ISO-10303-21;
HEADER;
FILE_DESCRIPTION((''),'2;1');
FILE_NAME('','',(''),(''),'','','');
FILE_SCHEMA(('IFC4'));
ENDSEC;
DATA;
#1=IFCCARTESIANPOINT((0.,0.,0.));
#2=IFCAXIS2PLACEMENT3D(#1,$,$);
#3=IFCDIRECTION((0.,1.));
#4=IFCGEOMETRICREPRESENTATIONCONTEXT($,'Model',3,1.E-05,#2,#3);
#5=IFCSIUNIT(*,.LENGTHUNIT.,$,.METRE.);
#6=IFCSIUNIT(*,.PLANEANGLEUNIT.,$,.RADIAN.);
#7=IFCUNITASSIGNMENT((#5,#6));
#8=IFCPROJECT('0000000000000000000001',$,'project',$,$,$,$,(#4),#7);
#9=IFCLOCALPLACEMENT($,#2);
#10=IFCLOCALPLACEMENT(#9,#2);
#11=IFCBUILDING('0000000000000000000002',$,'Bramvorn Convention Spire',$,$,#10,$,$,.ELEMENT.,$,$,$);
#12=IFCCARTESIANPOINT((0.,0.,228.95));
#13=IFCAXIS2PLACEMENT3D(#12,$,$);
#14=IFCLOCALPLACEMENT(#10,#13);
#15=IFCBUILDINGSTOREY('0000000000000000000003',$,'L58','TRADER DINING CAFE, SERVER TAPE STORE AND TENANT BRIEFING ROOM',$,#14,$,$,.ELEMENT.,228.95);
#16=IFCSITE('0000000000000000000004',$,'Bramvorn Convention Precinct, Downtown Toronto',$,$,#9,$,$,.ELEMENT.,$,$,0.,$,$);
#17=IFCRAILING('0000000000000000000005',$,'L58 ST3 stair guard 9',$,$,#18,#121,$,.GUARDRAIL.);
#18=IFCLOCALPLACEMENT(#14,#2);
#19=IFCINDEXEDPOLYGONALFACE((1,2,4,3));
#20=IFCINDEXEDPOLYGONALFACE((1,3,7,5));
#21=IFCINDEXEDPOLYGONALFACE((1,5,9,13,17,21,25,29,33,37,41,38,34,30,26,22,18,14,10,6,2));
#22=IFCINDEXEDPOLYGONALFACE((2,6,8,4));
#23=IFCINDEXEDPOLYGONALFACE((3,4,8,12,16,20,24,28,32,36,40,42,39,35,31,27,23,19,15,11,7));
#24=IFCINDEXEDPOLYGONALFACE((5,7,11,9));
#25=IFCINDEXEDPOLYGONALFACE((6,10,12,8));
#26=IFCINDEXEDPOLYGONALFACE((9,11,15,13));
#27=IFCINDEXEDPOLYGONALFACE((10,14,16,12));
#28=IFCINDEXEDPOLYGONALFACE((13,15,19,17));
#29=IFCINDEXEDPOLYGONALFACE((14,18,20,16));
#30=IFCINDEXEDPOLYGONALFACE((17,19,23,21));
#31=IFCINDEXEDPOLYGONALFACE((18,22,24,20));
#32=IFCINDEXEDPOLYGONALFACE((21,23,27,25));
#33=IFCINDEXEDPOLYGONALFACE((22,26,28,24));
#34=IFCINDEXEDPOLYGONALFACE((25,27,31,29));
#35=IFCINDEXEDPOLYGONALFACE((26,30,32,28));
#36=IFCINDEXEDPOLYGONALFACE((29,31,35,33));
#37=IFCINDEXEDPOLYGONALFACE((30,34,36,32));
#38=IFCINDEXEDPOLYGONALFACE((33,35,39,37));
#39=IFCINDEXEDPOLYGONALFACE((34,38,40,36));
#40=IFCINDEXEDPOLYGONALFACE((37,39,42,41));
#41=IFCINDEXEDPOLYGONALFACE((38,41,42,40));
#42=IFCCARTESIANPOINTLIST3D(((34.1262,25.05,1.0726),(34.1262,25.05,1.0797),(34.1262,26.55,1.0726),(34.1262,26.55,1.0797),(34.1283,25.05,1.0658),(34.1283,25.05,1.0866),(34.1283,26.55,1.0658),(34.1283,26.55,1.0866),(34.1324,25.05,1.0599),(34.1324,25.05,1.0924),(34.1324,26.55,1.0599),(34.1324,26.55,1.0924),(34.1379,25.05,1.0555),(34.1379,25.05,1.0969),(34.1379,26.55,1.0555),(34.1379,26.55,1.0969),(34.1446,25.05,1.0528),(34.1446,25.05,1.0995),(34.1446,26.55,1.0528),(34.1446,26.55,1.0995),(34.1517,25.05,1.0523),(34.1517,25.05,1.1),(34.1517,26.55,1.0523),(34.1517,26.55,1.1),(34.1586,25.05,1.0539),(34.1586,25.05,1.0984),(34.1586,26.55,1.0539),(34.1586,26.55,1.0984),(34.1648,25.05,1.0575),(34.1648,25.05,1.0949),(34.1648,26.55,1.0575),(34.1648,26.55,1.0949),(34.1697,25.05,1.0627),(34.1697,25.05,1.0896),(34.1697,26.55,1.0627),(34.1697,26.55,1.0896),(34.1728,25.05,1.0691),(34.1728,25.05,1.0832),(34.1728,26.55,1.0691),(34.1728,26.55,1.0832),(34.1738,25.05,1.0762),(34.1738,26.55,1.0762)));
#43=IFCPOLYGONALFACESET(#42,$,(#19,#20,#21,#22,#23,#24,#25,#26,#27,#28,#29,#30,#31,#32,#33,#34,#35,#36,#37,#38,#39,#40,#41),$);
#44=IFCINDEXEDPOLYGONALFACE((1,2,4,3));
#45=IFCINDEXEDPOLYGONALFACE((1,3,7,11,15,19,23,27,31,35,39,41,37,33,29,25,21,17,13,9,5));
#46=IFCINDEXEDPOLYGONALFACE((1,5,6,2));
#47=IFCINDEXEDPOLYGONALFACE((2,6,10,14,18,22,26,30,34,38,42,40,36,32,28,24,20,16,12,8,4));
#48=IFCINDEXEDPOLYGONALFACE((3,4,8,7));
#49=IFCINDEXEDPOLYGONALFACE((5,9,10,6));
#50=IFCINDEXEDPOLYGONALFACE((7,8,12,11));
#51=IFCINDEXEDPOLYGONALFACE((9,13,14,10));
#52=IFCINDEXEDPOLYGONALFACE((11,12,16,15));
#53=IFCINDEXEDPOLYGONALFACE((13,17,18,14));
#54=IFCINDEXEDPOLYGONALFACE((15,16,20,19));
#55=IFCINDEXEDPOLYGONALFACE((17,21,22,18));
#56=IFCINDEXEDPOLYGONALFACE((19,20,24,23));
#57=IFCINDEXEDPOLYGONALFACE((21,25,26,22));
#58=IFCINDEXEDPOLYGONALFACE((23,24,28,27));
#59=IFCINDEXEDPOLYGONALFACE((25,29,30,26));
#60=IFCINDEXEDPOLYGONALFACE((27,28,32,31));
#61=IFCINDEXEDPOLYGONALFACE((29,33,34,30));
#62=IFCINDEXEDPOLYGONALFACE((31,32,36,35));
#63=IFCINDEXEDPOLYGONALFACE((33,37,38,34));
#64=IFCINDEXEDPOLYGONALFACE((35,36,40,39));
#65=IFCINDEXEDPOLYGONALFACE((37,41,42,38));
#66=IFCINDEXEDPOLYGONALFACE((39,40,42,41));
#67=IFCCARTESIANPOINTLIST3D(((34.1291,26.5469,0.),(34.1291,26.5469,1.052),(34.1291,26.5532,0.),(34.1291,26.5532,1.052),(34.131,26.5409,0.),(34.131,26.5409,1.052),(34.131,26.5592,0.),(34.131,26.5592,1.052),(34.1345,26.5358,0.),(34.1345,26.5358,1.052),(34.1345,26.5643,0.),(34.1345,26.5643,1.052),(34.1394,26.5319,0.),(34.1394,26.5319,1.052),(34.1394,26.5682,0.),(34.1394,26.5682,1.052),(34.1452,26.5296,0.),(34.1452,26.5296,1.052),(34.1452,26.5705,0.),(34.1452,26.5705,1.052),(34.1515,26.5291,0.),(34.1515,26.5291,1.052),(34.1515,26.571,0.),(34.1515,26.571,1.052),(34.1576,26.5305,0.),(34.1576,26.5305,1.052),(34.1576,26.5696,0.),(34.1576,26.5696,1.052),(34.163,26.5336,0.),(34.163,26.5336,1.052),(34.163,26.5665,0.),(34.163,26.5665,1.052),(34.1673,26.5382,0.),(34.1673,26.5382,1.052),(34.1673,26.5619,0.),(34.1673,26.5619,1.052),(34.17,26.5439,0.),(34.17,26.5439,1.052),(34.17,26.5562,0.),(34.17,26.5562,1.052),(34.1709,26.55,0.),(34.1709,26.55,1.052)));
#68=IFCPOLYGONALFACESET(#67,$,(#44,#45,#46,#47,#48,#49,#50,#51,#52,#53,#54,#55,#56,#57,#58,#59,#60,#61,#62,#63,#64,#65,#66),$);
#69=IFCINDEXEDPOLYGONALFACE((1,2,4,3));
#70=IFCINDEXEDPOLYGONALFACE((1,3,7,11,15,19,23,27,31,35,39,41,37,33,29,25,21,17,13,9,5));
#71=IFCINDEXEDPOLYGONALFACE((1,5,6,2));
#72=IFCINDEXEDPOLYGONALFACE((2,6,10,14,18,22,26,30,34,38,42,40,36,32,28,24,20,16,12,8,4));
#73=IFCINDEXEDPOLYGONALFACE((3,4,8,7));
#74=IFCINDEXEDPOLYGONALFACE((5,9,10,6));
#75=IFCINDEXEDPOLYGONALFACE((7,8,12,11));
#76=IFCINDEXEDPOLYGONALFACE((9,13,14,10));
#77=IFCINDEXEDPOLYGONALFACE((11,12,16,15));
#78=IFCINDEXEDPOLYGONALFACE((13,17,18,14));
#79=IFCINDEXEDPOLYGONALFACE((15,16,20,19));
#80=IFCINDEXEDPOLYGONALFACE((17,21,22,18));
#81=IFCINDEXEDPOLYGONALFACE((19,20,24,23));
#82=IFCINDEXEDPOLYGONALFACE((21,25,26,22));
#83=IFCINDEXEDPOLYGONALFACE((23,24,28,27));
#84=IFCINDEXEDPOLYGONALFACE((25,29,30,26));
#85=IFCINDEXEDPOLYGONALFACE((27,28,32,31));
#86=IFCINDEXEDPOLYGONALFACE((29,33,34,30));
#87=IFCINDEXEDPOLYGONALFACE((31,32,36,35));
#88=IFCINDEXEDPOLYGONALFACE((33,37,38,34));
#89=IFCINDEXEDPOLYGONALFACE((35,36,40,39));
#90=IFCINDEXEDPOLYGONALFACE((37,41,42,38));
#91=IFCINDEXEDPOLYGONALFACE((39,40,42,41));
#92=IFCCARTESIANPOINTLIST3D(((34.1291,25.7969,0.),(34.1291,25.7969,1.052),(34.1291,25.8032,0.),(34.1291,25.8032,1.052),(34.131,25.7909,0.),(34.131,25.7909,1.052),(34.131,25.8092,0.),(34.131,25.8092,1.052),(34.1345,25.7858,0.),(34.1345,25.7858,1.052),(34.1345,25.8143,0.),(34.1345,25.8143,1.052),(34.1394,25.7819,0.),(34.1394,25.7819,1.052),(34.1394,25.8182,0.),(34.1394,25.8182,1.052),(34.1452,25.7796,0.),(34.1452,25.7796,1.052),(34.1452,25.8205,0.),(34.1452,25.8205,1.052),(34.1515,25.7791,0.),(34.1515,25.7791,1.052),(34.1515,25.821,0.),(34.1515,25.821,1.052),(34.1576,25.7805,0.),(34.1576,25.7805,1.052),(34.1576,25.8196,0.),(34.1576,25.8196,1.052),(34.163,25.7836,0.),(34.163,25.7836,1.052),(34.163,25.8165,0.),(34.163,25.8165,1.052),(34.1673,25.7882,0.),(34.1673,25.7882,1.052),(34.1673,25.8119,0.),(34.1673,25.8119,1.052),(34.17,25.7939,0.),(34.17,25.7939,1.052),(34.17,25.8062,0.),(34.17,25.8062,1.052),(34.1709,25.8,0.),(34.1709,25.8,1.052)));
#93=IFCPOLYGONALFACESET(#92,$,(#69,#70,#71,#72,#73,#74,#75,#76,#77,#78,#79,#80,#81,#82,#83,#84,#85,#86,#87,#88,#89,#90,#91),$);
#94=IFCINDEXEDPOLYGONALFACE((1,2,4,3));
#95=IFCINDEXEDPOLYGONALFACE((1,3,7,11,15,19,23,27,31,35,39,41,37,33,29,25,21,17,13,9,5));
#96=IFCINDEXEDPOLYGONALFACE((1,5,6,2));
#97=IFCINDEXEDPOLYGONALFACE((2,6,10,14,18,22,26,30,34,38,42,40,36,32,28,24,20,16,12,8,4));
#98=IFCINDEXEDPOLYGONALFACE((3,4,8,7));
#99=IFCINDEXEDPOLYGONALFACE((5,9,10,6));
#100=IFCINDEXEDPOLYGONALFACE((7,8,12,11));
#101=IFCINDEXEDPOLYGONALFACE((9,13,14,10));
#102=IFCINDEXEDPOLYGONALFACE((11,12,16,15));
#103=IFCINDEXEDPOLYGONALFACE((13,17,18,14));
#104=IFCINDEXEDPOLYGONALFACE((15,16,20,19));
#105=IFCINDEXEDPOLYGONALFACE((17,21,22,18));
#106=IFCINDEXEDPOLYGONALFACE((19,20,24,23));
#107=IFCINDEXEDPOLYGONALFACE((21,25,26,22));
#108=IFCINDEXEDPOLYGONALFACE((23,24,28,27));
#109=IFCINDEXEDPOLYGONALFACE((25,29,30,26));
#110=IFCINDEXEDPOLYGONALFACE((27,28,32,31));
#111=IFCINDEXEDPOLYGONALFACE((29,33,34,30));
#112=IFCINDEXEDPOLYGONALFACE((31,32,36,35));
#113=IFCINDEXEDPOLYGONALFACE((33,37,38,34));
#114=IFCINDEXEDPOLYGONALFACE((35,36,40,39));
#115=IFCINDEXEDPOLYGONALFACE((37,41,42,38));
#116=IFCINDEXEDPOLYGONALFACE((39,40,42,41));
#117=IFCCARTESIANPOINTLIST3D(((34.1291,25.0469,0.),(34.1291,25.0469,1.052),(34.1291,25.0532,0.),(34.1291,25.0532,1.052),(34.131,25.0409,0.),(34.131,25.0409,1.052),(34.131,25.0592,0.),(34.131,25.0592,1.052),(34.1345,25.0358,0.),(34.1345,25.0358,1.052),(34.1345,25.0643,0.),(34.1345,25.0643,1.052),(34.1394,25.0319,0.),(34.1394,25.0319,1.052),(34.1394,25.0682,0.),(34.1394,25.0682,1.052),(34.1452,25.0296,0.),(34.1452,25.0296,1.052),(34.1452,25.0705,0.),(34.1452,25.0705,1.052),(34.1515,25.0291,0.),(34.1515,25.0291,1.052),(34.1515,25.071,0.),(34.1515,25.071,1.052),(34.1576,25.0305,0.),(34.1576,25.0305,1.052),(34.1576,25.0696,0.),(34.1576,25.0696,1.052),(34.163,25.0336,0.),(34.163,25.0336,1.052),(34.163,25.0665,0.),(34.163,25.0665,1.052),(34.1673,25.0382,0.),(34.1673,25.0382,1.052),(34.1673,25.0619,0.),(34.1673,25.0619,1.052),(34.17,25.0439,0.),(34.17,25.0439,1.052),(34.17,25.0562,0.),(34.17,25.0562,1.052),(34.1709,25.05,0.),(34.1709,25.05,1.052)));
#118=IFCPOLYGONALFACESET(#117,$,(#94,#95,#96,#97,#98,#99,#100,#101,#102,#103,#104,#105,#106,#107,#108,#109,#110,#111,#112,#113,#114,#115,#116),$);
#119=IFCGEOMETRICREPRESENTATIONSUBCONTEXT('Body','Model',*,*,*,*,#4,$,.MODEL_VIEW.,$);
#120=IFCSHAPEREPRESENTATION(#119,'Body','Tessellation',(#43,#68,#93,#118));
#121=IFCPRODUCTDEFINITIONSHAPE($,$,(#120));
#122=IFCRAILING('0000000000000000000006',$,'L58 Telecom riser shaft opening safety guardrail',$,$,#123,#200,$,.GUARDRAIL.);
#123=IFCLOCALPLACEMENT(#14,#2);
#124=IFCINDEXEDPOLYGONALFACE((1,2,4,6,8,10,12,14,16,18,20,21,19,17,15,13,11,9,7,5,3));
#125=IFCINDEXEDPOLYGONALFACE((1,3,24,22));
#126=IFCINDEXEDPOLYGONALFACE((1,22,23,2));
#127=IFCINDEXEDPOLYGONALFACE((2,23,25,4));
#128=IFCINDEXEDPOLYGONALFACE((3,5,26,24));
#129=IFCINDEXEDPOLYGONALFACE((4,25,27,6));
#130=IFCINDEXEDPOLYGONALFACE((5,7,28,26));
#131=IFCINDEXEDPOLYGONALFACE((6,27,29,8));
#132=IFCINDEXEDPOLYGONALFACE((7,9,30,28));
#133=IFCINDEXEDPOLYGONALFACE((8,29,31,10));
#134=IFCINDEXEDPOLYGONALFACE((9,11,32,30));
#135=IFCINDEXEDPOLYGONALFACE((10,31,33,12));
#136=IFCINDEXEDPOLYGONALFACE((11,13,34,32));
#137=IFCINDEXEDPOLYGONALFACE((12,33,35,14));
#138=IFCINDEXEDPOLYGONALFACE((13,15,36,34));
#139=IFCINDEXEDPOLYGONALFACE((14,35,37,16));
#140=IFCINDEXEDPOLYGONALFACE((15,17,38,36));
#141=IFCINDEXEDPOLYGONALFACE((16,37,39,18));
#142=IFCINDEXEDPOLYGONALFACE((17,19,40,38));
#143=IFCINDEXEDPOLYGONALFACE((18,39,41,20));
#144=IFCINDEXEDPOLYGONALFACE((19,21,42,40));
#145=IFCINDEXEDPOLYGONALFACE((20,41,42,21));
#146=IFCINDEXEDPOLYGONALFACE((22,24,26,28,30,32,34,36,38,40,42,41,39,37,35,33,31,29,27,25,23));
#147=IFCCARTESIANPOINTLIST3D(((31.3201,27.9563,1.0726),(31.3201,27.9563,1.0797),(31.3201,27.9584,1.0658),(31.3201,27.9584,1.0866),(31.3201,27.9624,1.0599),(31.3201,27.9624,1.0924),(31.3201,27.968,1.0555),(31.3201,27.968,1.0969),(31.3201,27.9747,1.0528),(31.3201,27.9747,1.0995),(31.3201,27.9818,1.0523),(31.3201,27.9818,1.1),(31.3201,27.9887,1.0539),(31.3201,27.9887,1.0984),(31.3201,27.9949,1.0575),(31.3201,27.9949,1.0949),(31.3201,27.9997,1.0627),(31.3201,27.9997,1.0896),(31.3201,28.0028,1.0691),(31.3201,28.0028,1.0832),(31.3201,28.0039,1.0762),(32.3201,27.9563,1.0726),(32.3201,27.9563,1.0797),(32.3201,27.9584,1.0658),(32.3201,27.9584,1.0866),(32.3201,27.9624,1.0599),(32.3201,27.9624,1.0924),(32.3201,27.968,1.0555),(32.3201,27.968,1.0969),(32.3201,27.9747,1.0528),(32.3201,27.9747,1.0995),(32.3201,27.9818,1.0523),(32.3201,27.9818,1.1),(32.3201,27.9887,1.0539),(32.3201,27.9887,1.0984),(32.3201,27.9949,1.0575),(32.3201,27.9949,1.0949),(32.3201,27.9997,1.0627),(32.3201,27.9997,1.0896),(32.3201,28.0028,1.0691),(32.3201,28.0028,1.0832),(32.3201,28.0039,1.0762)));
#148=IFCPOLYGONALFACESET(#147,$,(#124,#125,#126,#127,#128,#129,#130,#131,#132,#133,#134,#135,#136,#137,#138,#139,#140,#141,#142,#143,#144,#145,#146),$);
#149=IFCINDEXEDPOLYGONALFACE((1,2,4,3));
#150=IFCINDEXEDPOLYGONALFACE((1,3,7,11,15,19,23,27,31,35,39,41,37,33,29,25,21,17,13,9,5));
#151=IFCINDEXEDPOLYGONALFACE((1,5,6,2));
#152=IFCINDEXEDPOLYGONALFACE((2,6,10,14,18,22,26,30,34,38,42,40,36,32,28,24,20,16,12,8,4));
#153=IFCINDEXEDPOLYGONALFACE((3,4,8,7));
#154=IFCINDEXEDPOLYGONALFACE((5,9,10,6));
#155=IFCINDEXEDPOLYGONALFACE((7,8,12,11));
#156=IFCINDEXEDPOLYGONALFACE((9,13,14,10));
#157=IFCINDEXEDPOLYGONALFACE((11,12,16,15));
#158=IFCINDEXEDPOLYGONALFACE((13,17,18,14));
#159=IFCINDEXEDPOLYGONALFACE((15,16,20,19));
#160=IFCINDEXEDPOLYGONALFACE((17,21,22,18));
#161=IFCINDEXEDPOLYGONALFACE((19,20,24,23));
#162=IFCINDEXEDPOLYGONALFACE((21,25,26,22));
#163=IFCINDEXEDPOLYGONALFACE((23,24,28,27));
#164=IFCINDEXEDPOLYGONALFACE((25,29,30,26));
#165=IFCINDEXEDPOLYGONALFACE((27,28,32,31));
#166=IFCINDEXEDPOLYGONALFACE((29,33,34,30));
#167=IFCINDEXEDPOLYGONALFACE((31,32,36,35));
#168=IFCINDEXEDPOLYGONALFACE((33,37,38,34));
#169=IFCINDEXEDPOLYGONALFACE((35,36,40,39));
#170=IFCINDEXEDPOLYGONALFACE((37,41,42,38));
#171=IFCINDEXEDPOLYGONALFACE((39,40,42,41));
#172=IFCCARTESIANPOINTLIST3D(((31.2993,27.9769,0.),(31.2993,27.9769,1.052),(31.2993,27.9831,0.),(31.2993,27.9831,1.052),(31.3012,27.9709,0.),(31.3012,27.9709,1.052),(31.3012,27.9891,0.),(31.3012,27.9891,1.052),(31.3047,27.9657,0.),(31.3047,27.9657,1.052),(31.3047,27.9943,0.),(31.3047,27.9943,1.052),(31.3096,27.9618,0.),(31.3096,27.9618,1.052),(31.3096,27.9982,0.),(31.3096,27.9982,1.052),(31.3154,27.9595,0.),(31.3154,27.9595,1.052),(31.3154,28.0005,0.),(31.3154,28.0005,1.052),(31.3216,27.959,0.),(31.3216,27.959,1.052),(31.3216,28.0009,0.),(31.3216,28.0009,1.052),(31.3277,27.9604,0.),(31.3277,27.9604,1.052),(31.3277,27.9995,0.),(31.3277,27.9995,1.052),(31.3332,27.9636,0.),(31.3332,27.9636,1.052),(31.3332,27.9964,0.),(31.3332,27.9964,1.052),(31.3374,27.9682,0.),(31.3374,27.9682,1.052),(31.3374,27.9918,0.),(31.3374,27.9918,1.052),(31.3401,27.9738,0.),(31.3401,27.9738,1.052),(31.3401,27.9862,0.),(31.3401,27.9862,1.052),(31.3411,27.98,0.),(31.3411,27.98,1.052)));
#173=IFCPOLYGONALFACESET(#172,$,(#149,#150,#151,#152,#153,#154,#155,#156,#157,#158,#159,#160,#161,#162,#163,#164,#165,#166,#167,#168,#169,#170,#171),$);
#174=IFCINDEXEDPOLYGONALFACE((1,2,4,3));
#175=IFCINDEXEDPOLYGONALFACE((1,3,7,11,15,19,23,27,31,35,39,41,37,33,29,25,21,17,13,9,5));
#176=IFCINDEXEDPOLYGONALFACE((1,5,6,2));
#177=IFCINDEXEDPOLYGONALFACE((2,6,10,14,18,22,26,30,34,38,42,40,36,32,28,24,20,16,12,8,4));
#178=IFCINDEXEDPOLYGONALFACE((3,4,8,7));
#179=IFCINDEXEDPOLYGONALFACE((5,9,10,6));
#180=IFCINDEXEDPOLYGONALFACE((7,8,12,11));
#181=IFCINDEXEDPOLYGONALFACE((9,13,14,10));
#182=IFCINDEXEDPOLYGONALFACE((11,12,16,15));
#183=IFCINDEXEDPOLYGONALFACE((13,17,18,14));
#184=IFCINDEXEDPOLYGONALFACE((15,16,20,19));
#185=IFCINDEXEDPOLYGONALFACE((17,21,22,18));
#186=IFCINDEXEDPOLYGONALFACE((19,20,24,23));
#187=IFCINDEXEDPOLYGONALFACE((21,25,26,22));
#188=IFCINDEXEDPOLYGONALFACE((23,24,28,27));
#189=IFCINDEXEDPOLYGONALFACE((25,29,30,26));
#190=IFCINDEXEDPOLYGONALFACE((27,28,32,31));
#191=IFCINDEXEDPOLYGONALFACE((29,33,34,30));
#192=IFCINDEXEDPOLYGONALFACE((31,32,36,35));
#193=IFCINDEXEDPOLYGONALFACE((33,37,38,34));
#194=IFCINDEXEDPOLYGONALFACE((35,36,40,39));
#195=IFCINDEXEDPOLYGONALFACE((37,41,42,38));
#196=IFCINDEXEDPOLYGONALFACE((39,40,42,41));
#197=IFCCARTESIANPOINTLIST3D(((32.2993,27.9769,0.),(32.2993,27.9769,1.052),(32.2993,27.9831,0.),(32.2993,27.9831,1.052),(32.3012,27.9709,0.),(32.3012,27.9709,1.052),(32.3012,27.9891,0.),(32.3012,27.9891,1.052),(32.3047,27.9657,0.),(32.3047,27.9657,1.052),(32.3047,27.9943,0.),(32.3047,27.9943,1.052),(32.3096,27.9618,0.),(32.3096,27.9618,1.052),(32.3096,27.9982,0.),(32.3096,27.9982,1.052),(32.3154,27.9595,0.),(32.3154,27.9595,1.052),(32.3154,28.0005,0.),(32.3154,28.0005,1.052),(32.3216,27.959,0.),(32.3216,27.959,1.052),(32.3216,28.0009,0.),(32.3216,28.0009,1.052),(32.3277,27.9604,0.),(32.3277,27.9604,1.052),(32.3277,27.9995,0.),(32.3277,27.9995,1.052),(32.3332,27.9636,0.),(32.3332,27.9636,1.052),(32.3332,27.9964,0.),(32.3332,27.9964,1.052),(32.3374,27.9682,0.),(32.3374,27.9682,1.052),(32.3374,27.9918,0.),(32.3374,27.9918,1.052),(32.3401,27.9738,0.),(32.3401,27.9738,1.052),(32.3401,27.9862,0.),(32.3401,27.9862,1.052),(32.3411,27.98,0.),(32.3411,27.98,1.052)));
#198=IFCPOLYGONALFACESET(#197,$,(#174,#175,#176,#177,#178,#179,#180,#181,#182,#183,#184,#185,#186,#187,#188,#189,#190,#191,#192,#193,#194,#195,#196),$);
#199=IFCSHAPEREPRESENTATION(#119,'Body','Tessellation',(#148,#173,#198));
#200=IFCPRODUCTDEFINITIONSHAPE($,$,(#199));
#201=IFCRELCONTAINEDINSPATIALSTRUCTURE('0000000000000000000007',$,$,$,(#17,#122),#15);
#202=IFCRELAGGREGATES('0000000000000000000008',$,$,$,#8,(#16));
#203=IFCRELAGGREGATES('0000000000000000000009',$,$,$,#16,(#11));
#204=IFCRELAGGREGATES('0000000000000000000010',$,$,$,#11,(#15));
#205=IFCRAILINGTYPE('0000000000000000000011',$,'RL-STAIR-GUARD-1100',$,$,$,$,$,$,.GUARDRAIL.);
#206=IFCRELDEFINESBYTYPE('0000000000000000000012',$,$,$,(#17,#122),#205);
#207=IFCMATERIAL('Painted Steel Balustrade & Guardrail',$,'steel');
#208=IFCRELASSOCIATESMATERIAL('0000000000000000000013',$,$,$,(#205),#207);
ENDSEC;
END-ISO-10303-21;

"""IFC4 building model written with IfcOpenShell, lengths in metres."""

from ifc_helpers import new_model, si_unit, direction, frame, origin, origin_2d, place, context, subcontext, project, spatial, circle, extrude, material, type_object, element, save


model = new_model("IFC4")

# Units and contexts
model_context = context("Model", 3, precision=1e-05, world=origin(), true_north=direction((0.0, 1.0)))
body_context = subcontext(model_context, "Body", "Model", "MODEL_VIEW")
ifc_project = project(units=[si_unit("LENGTHUNIT", "METRE"), si_unit("PLANEANGLEUNIT", "RADIAN")], contexts=[model_context])

# Site, building, storey
site_placement = place(None, origin())
site = spatial("IfcSite", under=ifc_project, at=site_placement, Name="Bramvorn Convention Precinct, Downtown Toronto", CompositionType="ELEMENT", RefElevation=0.0)
building_placement = place(site_placement, origin())
building = spatial("IfcBuilding", under=site, at=building_placement, Name="Bramvorn Convention Spire", CompositionType="ELEMENT")
storey_placement = place(building_placement, frame((0.0, 0.0, 228.95)))
storey = spatial("IfcBuildingStorey", under=building, at=storey_placement, Name="L58", Description="TRADER DINING CAFE, SERVER TAPE STORE AND TENANT BRIEFING ROOM", CompositionType="ELEMENT", Elevation=228.95)

# Railings
ifc_material_1 = material(Name="Painted Steel Balustrade & Guardrail", Category="steel")
railing_type = type_object("IfcRailingType", Name="RL-STAIR-GUARD-1100", PredefinedType="GUARDRAIL", material=ifc_material_1)
for number, where, name in (
    (1, (34.1499, 26.55, 0.0), "L58 ST3 stair guard 9"),
):
    element("IfcRailing", number, at=place(storey_placement, frame(where)), inside=storey, type_object=railing_type, Name=name, PredefinedType="GUARDRAIL", context=body_context, shape_type="SweptSolid", body=[
        extrude(circle(Radius=0.0239, at=origin_2d()), frame((0.0, 0.0, 1.0762), z_axis=(0.0, -1.0, 0.0), x_axis=(1.0, 0.0, 0.0)), (0.0, 0.0, 1.0), 1.5),
        extrude(circle(Radius=0.021, at=origin_2d()), origin(), (0.0, 0.0, 1.0), 1.052),
        extrude(circle(Radius=0.021, at=origin_2d()), frame((0.0, -0.75, 0.0)), (0.0, 0.0, 1.0), 1.052),
        extrude(circle(Radius=0.021, at=origin_2d()), frame((0.0, -1.5, 0.0)), (0.0, 0.0, 1.0), 1.052),
    ])
railing_1_placement = place(storey_placement, frame((31.3201, 27.98, 0.0)))
element("IfcRailing", 2, at=railing_1_placement, inside=storey, type_object=railing_type, Name="L58 Telecom riser shaft opening safety guardrail", PredefinedType="GUARDRAIL", context=body_context, shape_type="SweptSolid", body=[
    extrude(circle(Radius=0.0239, at=origin_2d()), frame((0.0, 0.0, 1.0762), z_axis=(1.0, 0.0, 0.0), x_axis=(0.0, 1.0, 0.0)), (0.0, 0.0, 1.0), 1.0),
    extrude(circle(Radius=0.021, at=origin_2d()), origin(), (0.0, 0.0, 1.0), 1.052),
    extrude(circle(Radius=0.021, at=origin_2d()), frame((1.0, 0.0, 0.0)), (0.0, 0.0, 1.0), 1.052),
])

save(model, "model.ifc")
